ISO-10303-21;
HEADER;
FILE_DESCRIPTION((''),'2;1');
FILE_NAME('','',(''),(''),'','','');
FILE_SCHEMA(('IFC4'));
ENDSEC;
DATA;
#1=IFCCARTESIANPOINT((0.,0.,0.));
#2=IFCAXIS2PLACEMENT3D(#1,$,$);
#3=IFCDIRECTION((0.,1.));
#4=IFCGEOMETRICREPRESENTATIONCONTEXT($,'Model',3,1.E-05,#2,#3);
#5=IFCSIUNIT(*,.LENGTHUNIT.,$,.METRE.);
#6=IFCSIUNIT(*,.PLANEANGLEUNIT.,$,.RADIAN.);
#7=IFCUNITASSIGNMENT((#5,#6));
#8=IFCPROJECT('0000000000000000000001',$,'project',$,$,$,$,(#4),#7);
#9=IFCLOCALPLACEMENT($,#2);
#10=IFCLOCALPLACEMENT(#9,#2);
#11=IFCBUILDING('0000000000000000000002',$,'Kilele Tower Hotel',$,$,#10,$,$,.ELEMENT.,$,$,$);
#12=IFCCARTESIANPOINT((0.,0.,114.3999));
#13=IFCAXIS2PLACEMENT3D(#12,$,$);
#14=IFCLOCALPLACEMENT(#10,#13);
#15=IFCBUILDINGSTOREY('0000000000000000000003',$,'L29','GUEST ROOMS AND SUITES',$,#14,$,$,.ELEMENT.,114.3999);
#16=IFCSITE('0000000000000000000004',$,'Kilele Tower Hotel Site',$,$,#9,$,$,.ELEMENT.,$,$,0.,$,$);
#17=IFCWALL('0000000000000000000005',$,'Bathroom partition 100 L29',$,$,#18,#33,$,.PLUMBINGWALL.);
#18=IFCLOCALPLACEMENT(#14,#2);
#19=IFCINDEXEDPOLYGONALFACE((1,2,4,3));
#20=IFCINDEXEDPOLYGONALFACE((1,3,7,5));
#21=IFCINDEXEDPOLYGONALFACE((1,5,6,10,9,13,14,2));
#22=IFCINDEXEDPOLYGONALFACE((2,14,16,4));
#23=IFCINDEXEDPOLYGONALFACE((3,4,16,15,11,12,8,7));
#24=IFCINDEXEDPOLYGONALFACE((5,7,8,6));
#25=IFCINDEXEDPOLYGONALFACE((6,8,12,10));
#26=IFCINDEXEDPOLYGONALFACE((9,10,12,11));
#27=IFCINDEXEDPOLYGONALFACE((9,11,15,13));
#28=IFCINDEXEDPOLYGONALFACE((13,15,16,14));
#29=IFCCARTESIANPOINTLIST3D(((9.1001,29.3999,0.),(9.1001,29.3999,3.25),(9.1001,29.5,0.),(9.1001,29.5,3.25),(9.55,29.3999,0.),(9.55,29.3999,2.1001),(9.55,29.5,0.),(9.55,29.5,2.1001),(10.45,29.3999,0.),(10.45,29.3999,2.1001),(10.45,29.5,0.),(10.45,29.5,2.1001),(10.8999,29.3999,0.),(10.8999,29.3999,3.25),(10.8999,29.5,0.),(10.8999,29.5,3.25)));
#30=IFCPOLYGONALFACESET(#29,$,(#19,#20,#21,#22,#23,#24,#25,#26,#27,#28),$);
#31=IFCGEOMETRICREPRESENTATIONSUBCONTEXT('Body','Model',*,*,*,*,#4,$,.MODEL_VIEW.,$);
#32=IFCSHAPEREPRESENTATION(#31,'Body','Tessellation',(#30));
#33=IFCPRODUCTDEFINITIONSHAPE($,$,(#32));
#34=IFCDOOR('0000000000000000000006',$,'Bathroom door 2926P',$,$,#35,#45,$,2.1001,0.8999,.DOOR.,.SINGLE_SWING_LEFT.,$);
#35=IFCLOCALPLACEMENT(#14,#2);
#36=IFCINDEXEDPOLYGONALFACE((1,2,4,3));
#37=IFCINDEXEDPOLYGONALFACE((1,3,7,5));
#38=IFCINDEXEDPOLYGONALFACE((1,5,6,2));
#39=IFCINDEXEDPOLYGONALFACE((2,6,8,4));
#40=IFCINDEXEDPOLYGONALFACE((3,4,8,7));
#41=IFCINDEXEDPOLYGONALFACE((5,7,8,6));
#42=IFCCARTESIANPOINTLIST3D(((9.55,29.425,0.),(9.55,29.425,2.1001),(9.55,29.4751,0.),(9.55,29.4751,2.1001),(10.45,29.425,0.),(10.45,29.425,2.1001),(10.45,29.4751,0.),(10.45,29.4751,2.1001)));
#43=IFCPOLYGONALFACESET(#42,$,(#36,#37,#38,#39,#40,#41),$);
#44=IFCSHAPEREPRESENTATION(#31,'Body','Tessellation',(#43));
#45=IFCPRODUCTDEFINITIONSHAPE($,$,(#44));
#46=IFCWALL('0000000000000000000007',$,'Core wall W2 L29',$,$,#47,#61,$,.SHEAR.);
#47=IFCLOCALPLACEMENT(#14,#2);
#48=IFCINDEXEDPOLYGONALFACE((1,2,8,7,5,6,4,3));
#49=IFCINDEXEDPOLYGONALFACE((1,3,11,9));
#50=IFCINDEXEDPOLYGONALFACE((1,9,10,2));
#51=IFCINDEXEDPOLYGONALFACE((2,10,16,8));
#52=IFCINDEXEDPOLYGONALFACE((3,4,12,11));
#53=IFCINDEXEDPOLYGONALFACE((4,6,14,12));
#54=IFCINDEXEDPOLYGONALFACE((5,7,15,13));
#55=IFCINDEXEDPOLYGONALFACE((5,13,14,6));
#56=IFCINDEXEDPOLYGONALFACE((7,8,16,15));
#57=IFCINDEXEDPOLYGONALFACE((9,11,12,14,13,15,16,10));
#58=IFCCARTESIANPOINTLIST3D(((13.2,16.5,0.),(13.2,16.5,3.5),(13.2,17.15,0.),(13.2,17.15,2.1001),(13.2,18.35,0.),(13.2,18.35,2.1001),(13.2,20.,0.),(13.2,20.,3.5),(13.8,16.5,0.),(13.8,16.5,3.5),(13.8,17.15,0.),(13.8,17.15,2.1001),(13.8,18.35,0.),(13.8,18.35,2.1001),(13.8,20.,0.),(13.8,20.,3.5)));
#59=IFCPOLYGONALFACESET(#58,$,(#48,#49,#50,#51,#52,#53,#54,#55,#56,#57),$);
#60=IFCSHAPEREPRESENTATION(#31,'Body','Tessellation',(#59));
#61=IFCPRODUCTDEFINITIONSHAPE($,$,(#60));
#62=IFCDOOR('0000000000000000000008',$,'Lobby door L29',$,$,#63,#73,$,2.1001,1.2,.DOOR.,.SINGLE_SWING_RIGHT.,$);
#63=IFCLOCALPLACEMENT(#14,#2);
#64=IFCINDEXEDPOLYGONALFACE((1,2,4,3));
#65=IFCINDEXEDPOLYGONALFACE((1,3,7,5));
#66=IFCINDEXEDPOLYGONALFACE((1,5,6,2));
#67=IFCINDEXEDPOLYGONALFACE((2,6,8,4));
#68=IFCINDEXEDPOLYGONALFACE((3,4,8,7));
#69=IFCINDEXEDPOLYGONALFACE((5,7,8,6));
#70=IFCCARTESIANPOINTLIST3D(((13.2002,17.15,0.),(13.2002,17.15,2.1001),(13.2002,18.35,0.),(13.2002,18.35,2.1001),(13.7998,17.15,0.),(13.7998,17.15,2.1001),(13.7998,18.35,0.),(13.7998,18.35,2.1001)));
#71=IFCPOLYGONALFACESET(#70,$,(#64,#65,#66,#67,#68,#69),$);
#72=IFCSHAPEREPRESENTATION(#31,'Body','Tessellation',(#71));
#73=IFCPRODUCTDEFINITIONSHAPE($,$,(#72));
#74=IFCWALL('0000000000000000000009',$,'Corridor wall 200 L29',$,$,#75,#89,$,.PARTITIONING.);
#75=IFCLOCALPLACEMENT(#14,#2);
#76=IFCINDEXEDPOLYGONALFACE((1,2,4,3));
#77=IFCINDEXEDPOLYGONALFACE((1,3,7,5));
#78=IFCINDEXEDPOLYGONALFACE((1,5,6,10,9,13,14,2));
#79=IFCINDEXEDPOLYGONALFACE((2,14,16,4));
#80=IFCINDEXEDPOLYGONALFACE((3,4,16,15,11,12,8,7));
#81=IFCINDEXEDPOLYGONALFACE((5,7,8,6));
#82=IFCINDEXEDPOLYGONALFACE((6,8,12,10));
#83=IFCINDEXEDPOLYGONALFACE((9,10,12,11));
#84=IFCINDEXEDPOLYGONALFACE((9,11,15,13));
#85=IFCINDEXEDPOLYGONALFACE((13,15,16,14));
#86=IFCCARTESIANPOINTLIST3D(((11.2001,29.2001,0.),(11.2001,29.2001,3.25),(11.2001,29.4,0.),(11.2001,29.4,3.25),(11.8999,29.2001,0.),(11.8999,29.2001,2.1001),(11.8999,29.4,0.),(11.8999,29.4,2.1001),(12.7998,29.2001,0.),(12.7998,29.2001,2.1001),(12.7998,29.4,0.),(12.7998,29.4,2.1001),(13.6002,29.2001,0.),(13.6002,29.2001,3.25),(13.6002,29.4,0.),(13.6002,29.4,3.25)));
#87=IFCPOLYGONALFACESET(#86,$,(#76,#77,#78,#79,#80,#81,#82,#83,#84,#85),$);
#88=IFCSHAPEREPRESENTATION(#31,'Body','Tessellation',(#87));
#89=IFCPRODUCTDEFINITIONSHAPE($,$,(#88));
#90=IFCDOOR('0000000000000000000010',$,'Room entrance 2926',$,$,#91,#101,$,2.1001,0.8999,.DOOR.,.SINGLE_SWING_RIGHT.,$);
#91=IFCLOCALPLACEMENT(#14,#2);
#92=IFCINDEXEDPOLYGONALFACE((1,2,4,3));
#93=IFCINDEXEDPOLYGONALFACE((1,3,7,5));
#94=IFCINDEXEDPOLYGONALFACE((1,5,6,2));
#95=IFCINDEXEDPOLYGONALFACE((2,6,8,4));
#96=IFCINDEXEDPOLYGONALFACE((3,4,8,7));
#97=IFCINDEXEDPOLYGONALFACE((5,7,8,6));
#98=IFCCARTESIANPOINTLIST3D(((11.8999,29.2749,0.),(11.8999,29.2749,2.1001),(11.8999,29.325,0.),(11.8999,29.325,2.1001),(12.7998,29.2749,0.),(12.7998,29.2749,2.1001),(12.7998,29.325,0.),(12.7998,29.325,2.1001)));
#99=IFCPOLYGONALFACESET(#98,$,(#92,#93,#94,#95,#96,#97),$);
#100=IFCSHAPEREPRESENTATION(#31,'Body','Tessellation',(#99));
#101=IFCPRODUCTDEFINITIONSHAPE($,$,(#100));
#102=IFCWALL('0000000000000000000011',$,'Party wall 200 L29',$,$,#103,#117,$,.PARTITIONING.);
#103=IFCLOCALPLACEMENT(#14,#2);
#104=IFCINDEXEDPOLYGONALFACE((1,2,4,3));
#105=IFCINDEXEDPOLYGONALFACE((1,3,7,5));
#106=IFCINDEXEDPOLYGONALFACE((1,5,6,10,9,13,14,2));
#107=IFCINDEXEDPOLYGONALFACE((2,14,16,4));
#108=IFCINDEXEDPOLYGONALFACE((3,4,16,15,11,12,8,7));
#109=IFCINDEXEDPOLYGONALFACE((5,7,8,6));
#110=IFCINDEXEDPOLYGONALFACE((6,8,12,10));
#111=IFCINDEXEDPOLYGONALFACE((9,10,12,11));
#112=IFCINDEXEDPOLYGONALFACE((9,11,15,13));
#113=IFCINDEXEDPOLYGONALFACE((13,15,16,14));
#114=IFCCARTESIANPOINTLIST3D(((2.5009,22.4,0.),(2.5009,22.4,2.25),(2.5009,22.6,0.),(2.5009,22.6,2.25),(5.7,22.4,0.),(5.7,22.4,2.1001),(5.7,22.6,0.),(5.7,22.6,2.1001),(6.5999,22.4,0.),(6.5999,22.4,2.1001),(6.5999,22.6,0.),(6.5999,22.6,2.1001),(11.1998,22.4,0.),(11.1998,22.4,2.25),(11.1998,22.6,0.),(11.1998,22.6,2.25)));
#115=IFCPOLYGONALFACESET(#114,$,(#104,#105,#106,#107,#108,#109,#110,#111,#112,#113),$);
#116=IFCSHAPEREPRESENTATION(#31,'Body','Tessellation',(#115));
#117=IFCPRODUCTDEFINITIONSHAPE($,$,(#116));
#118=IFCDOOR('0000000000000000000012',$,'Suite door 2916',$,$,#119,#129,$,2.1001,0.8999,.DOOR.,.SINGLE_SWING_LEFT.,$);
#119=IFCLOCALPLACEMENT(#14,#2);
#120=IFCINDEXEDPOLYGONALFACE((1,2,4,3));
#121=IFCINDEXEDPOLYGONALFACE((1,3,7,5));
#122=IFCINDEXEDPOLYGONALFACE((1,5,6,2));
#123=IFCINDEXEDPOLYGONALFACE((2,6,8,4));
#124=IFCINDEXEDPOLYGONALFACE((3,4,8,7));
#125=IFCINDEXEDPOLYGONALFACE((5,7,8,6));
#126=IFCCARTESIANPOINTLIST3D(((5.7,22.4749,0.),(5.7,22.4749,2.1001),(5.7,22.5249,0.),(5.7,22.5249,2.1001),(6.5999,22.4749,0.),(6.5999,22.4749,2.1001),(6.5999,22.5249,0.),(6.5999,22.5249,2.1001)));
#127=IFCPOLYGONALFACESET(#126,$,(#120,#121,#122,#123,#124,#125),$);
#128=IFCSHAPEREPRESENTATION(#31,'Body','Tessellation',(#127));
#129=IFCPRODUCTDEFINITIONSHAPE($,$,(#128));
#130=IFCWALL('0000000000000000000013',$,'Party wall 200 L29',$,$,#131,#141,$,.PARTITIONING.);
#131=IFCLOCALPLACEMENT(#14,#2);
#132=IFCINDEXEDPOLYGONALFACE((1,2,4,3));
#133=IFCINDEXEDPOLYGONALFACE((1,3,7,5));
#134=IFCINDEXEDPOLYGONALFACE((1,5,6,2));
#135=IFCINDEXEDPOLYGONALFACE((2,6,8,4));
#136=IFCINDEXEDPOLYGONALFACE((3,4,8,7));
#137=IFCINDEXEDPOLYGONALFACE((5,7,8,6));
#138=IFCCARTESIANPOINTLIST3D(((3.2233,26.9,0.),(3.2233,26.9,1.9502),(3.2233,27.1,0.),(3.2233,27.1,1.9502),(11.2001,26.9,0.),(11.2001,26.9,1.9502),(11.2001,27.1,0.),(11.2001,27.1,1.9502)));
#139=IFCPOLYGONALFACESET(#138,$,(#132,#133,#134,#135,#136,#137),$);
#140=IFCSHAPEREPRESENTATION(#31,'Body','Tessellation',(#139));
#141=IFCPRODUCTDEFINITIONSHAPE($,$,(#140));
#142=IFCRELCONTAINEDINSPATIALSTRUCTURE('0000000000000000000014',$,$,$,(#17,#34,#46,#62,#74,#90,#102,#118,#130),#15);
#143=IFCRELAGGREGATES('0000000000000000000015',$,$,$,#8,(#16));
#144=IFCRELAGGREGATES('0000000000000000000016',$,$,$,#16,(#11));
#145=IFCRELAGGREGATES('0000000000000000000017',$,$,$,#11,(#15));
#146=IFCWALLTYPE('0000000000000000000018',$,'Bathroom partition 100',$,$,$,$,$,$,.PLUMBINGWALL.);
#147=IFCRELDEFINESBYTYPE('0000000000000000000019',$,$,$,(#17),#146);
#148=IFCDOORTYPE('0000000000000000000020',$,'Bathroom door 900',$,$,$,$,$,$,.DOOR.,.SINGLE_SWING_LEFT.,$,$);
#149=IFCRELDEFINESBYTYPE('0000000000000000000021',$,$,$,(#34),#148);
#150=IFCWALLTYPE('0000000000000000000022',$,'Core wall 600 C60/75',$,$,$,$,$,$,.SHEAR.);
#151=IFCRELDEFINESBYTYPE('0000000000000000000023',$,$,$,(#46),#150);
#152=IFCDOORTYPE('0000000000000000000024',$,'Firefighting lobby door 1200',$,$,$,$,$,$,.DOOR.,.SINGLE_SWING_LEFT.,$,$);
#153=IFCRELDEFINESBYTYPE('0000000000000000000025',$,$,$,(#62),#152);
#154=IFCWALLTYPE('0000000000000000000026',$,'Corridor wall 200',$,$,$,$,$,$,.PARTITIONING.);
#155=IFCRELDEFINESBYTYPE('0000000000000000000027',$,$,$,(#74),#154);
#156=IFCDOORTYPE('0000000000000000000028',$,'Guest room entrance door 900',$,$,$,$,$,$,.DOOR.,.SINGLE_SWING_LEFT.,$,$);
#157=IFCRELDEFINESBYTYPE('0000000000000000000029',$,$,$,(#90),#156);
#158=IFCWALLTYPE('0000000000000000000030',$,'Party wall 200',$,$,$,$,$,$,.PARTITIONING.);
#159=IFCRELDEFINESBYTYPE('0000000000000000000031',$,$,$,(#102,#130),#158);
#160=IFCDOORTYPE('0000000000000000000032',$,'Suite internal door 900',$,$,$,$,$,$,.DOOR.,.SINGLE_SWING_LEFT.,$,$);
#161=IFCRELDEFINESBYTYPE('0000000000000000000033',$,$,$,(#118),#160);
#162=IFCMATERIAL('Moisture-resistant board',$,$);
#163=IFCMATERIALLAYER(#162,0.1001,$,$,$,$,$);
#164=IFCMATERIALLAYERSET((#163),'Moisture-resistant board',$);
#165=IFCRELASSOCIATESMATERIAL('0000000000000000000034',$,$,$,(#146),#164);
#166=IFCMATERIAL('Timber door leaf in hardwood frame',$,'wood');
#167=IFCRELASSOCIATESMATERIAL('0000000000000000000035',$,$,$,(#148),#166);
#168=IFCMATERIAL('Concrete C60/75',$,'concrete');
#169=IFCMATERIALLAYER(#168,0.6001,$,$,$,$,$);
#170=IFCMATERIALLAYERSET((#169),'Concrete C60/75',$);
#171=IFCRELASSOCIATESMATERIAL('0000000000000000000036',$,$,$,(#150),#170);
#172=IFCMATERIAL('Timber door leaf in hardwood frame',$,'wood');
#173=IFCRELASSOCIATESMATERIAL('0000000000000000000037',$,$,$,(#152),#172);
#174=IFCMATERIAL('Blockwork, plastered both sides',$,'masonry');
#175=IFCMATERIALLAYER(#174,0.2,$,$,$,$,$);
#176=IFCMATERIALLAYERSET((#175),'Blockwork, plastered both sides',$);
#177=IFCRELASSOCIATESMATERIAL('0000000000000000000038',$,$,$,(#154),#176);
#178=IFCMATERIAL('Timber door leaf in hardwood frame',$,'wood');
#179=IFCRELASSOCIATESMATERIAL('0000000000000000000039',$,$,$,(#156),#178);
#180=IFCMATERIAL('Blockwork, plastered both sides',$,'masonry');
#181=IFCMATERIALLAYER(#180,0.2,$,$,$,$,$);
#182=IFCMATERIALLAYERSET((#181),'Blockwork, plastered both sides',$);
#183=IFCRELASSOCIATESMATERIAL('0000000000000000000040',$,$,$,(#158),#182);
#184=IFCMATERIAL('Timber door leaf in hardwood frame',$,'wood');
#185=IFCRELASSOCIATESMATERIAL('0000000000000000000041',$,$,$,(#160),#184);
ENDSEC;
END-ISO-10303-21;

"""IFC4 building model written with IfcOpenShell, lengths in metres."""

from ifc_helpers import new_model, si_unit, direction, frame, frame_2d, origin, place, context, subcontext, project, spatial, rectangle, extrude, material, layer, layer_set, type_object, element, fill, save


model = new_model("IFC4")

# Units and contexts
model_context = context("Model", 3, precision=1e-05, world=origin(), true_north=direction((0.0, 1.0)))
body_context = subcontext(model_context, "Body", "Model", "MODEL_VIEW")
ifc_project = project(units=[si_unit("LENGTHUNIT", "METRE"), si_unit("PLANEANGLEUNIT", "RADIAN")], contexts=[model_context])

# Site, building, storey
site_placement = place(None, origin())
site = spatial("IfcSite", under=ifc_project, at=site_placement, Name="Kilele Tower Hotel Site", CompositionType="ELEMENT", RefElevation=0.0)
building_placement = place(site_placement, origin())
building = spatial("IfcBuilding", under=site, at=building_placement, Name="Kilele Tower Hotel", CompositionType="ELEMENT")
storey_placement = place(building_placement, frame((0.0, 0.0, 114.3999)))
storey = spatial("IfcBuildingStorey", under=building, at=storey_placement, Name="L29", Description="GUEST ROOMS AND SUITES", CompositionType="ELEMENT", Elevation=114.3999)

# Shared definitions
ifc_material_1 = material(Name="Moisture-resistant board")
ifc_layer_1 = layer(ifc_material_1, 0.1001)
ifc_layer_set_1 = layer_set([ifc_layer_1], Name="Moisture-resistant board")
wall_type_1 = type_object("IfcWallType", Name="Bathroom partition 100", PredefinedType="PLUMBINGWALL", material=ifc_layer_set_1)
ifc_material_2 = material(Name="Timber door leaf in hardwood frame", Category="wood")
door_type_1 = type_object("IfcDoorType", Name="Bathroom door 900", OperationType="SINGLE_SWING_LEFT", PredefinedType="DOOR", material=ifc_material_2)

# Walls, openings, doors
wall_1_placement = place(storey_placement, frame((10.8999, 29.45, 0.0), z_axis=(0.0, 0.0, 1.0), x_axis=(-1.0, 0.0, 0.0)))
wall_1 = element("IfcWall", 1, at=wall_1_placement, inside=storey, type_object=wall_type_1, Name="Bathroom partition 100 L29", PredefinedType="PLUMBINGWALL", context=body_context, shape_type="SweptSolid", body=[
    extrude(rectangle(XDim=1.7998, YDim=0.1001, at=frame_2d((0.8999, 0.0))), origin(), (0.0, 0.0, 1.0), 3.25),
])
opening_1_placement = place(wall_1_placement, frame((0.45, 0.0, 0.0)))
opening_1 = element("IfcOpeningElement", 2, at=opening_1_placement, cuts=wall_1, PredefinedType="OPENING", context=body_context, shape_type="SweptSolid", body=[
    extrude(rectangle(XDim=0.8999, YDim=2.1001, at=frame_2d((0.45, 1.05))), frame((0.0, 0.0601, 0.0), z_axis=(0.0, -1.0, 0.0), x_axis=(1.0, 0.0, 0.0)), (0.0, 0.0, 1.0), 0.1201),
])
door_1_placement = place(opening_1_placement, origin())
door_1 = element("IfcDoor", 3, at=door_1_placement, inside=storey, type_object=door_type_1, Name="Bathroom door 2926P", OperationType="SINGLE_SWING_LEFT", OverallHeight=2.1001, OverallWidth=0.8999, PredefinedType="DOOR", context=body_context, shape_type="SweptSolid", body=[
    extrude(rectangle(XDim=0.8999, YDim=2.1001, at=frame_2d((0.45, 1.05))), frame((0.0, 0.0249, 0.0), z_axis=(0.0, -1.0, 0.0), x_axis=(1.0, 0.0, 0.0)), (0.0, 0.0, 1.0), 0.05),
])
fill(opening_1, door_1)
ifc_material_3 = material(Name="Concrete C60/75", Category="concrete")
ifc_layer_2 = layer(ifc_material_3, 0.6001)
ifc_layer_set_2 = layer_set([ifc_layer_2], Name="Concrete C60/75")
wall_type_2 = type_object("IfcWallType", Name="Core wall 600 C60/75", PredefinedType="SHEAR", material=ifc_layer_set_2)
wall_2_placement = place(storey_placement, frame((13.5, 20.0, 0.0), z_axis=(0.0, 0.0, 1.0), x_axis=(0.0, -1.0, 0.0)))
wall_2 = element("IfcWall", 4, at=wall_2_placement, inside=storey, type_object=wall_type_2, Name="Core wall W2 L29", PredefinedType="SHEAR", context=body_context, shape_type="SweptSolid", body=[
    extrude(rectangle(XDim=3.5, YDim=0.6001, at=frame_2d((1.75, 0.0))), origin(), (0.0, 0.0, 1.0), 3.5),
])
opening_2_placement = place(wall_2_placement, frame((1.6499, 0.0, 0.0)))
opening_2 = element("IfcOpeningElement", 5, at=opening_2_placement, cuts=wall_2, PredefinedType="OPENING", context=body_context, shape_type="SweptSolid", body=[
    extrude(rectangle(XDim=1.2, YDim=2.1001, at=frame_2d((0.6001, 1.05))), frame((0.0, 0.3101, 0.0), z_axis=(0.0, -1.0, 0.0), x_axis=(1.0, 0.0, 0.0)), (0.0, 0.0, 1.0), 0.6201),
])
ifc_material_4 = material(Name="Timber door leaf in hardwood frame", Category="wood")
door_type_2 = type_object("IfcDoorType", Name="Firefighting lobby door 1200", OperationType="SINGLE_SWING_LEFT", PredefinedType="DOOR", material=ifc_material_4)
door_2_placement = place(opening_2_placement, origin())
door_2 = element("IfcDoor", 6, at=door_2_placement, inside=storey, type_object=door_type_2, Name="Lobby door L29", OperationType="SINGLE_SWING_RIGHT", OverallHeight=2.1001, OverallWidth=1.2, PredefinedType="DOOR", context=body_context, shape_type="SweptSolid", body=[
    extrude(rectangle(XDim=1.2, YDim=2.1001, at=frame_2d((0.6001, 1.05))), frame((0.0, 0.2998, 0.0), z_axis=(0.0, -1.0, 0.0), x_axis=(1.0, 0.0, 0.0)), (0.0, 0.0, 1.0), 0.5996),
])
fill(opening_2, door_2)
ifc_material_5 = material(Name="Blockwork, plastered both sides", Category="masonry")
ifc_layer_3 = layer(ifc_material_5, 0.2)
ifc_layer_set_3 = layer_set([ifc_layer_3], Name="Blockwork, plastered both sides")
wall_type_3 = type_object("IfcWallType", Name="Corridor wall 200", PredefinedType="PARTITIONING", material=ifc_layer_set_3)
wall_3_placement = place(storey_placement, frame((11.2, 29.3, 0.0), z_axis=(0.0, 0.0, 1.0), x_axis=(1.0, 0.0, 0.0)))
wall_3 = element("IfcWall", 7, at=wall_3_placement, inside=storey, type_object=wall_type_3, Name="Corridor wall 200 L29", PredefinedType="PARTITIONING", context=body_context, shape_type="SweptSolid", body=[
    extrude(rectangle(XDim=2.4001, YDim=0.2, at=frame_2d((1.2002, 0.0))), origin(), (0.0, 0.0, 1.0), 3.25),
])
opening_3_placement = place(wall_3_placement, frame((0.7, 0.0, 0.0)))
opening_3 = element("IfcOpeningElement", 8, at=opening_3_placement, cuts=wall_3, PredefinedType="OPENING", context=body_context, shape_type="SweptSolid", body=[
    extrude(rectangle(XDim=0.8999, YDim=2.1001, at=frame_2d((0.45, 1.05))), frame((0.0, 0.1099, 0.0), z_axis=(0.0, -1.0, 0.0), x_axis=(1.0, 0.0, 0.0)), (0.0, 0.0, 1.0), 0.22),
])
ifc_material_6 = material(Name="Timber door leaf in hardwood frame", Category="wood")
door_type_3 = type_object("IfcDoorType", Name="Guest room entrance door 900", OperationType="SINGLE_SWING_LEFT", PredefinedType="DOOR", material=ifc_material_6)
door_3_placement = place(opening_3_placement, origin())
door_3 = element("IfcDoor", 9, at=door_3_placement, inside=storey, type_object=door_type_3, Name="Room entrance 2926", OperationType="SINGLE_SWING_RIGHT", OverallHeight=2.1001, OverallWidth=0.8999, PredefinedType="DOOR", context=body_context, shape_type="SweptSolid", body=[
    extrude(rectangle(XDim=0.8999, YDim=2.1001, at=frame_2d((0.45, 1.05))), frame((0.0, 0.0249, 0.0), z_axis=(0.0, -1.0, 0.0), x_axis=(1.0, 0.0, 0.0)), (0.0, 0.0, 1.0), 0.05),
])
fill(opening_3, door_3)
ifc_material_7 = material(Name="Blockwork, plastered both sides", Category="masonry")
ifc_layer_4 = layer(ifc_material_7, 0.2)
ifc_layer_set_4 = layer_set([ifc_layer_4], Name="Blockwork, plastered both sides")
wall_type_4 = type_object("IfcWallType", Name="Party wall 200", PredefinedType="PARTITIONING", material=ifc_layer_set_4)
wall_4_placement = place(storey_placement, frame((11.2, 22.5, 0.0), z_axis=(0.0, 0.0, 1.0), x_axis=(-1.0, 0.0, 0.0)))
wall_4 = element("IfcWall", 10, at=wall_4_placement, inside=storey, type_object=wall_type_4, Name="Party wall 200 L29", PredefinedType="PARTITIONING", context=body_context, shape_type="SweptSolid", body=[
    extrude(rectangle(XDim=8.699, YDim=0.2, at=frame_2d((4.3496, 0.0))), origin(), (0.0, 0.0, 1.0), 2.25),
])
opening_4_placement = place(wall_4_placement, frame((5.5, 0.0, 0.0), z_axis=(0.0, 0.0, 1.0), x_axis=(-1.0, 0.0, 0.0)))
opening_4 = element("IfcOpeningElement", 11, at=opening_4_placement, cuts=wall_4, PredefinedType="OPENING", context=body_context, shape_type="SweptSolid", body=[
    extrude(rectangle(XDim=0.8999, YDim=2.1001, at=frame_2d((0.45, 1.05))), frame((0.0, 0.1099, 0.0), z_axis=(0.0, -1.0, 0.0), x_axis=(1.0, 0.0, 0.0)), (0.0, 0.0, 1.0), 0.22),
])
ifc_material_8 = material(Name="Timber door leaf in hardwood frame", Category="wood")
door_type_4 = type_object("IfcDoorType", Name="Suite internal door 900", OperationType="SINGLE_SWING_LEFT", PredefinedType="DOOR", material=ifc_material_8)
door_4_placement = place(opening_4_placement, origin())
door_4 = element("IfcDoor", 12, at=door_4_placement, inside=storey, type_object=door_type_4, Name="Suite door 2916", OperationType="SINGLE_SWING_LEFT", OverallHeight=2.1001, OverallWidth=0.8999, PredefinedType="DOOR", context=body_context, shape_type="SweptSolid", body=[
    extrude(rectangle(XDim=0.8999, YDim=2.1001, at=frame_2d((0.45, 1.05))), frame((0.0, 0.0249, 0.0), z_axis=(0.0, -1.0, 0.0), x_axis=(1.0, 0.0, 0.0)), (0.0, 0.0, 1.0), 0.05),
])
fill(opening_4, door_4)

# Wall
wall_5_placement = place(storey_placement, frame((11.2, 27.0, 0.0), z_axis=(0.0, 0.0, 1.0), x_axis=(-1.0, 0.0, 0.0)))
element("IfcWall", 13, at=wall_5_placement, inside=storey, type_object=wall_type_4, Name="Party wall 200 L29", PredefinedType="PARTITIONING", context=body_context, shape_type="SweptSolid", body=[
    extrude(rectangle(XDim=7.9768, YDim=0.2, at=frame_2d((3.9883, 0.0))), origin(), (0.0, 0.0, 1.0), 1.9502),
])

save(model, "model.ifc")
